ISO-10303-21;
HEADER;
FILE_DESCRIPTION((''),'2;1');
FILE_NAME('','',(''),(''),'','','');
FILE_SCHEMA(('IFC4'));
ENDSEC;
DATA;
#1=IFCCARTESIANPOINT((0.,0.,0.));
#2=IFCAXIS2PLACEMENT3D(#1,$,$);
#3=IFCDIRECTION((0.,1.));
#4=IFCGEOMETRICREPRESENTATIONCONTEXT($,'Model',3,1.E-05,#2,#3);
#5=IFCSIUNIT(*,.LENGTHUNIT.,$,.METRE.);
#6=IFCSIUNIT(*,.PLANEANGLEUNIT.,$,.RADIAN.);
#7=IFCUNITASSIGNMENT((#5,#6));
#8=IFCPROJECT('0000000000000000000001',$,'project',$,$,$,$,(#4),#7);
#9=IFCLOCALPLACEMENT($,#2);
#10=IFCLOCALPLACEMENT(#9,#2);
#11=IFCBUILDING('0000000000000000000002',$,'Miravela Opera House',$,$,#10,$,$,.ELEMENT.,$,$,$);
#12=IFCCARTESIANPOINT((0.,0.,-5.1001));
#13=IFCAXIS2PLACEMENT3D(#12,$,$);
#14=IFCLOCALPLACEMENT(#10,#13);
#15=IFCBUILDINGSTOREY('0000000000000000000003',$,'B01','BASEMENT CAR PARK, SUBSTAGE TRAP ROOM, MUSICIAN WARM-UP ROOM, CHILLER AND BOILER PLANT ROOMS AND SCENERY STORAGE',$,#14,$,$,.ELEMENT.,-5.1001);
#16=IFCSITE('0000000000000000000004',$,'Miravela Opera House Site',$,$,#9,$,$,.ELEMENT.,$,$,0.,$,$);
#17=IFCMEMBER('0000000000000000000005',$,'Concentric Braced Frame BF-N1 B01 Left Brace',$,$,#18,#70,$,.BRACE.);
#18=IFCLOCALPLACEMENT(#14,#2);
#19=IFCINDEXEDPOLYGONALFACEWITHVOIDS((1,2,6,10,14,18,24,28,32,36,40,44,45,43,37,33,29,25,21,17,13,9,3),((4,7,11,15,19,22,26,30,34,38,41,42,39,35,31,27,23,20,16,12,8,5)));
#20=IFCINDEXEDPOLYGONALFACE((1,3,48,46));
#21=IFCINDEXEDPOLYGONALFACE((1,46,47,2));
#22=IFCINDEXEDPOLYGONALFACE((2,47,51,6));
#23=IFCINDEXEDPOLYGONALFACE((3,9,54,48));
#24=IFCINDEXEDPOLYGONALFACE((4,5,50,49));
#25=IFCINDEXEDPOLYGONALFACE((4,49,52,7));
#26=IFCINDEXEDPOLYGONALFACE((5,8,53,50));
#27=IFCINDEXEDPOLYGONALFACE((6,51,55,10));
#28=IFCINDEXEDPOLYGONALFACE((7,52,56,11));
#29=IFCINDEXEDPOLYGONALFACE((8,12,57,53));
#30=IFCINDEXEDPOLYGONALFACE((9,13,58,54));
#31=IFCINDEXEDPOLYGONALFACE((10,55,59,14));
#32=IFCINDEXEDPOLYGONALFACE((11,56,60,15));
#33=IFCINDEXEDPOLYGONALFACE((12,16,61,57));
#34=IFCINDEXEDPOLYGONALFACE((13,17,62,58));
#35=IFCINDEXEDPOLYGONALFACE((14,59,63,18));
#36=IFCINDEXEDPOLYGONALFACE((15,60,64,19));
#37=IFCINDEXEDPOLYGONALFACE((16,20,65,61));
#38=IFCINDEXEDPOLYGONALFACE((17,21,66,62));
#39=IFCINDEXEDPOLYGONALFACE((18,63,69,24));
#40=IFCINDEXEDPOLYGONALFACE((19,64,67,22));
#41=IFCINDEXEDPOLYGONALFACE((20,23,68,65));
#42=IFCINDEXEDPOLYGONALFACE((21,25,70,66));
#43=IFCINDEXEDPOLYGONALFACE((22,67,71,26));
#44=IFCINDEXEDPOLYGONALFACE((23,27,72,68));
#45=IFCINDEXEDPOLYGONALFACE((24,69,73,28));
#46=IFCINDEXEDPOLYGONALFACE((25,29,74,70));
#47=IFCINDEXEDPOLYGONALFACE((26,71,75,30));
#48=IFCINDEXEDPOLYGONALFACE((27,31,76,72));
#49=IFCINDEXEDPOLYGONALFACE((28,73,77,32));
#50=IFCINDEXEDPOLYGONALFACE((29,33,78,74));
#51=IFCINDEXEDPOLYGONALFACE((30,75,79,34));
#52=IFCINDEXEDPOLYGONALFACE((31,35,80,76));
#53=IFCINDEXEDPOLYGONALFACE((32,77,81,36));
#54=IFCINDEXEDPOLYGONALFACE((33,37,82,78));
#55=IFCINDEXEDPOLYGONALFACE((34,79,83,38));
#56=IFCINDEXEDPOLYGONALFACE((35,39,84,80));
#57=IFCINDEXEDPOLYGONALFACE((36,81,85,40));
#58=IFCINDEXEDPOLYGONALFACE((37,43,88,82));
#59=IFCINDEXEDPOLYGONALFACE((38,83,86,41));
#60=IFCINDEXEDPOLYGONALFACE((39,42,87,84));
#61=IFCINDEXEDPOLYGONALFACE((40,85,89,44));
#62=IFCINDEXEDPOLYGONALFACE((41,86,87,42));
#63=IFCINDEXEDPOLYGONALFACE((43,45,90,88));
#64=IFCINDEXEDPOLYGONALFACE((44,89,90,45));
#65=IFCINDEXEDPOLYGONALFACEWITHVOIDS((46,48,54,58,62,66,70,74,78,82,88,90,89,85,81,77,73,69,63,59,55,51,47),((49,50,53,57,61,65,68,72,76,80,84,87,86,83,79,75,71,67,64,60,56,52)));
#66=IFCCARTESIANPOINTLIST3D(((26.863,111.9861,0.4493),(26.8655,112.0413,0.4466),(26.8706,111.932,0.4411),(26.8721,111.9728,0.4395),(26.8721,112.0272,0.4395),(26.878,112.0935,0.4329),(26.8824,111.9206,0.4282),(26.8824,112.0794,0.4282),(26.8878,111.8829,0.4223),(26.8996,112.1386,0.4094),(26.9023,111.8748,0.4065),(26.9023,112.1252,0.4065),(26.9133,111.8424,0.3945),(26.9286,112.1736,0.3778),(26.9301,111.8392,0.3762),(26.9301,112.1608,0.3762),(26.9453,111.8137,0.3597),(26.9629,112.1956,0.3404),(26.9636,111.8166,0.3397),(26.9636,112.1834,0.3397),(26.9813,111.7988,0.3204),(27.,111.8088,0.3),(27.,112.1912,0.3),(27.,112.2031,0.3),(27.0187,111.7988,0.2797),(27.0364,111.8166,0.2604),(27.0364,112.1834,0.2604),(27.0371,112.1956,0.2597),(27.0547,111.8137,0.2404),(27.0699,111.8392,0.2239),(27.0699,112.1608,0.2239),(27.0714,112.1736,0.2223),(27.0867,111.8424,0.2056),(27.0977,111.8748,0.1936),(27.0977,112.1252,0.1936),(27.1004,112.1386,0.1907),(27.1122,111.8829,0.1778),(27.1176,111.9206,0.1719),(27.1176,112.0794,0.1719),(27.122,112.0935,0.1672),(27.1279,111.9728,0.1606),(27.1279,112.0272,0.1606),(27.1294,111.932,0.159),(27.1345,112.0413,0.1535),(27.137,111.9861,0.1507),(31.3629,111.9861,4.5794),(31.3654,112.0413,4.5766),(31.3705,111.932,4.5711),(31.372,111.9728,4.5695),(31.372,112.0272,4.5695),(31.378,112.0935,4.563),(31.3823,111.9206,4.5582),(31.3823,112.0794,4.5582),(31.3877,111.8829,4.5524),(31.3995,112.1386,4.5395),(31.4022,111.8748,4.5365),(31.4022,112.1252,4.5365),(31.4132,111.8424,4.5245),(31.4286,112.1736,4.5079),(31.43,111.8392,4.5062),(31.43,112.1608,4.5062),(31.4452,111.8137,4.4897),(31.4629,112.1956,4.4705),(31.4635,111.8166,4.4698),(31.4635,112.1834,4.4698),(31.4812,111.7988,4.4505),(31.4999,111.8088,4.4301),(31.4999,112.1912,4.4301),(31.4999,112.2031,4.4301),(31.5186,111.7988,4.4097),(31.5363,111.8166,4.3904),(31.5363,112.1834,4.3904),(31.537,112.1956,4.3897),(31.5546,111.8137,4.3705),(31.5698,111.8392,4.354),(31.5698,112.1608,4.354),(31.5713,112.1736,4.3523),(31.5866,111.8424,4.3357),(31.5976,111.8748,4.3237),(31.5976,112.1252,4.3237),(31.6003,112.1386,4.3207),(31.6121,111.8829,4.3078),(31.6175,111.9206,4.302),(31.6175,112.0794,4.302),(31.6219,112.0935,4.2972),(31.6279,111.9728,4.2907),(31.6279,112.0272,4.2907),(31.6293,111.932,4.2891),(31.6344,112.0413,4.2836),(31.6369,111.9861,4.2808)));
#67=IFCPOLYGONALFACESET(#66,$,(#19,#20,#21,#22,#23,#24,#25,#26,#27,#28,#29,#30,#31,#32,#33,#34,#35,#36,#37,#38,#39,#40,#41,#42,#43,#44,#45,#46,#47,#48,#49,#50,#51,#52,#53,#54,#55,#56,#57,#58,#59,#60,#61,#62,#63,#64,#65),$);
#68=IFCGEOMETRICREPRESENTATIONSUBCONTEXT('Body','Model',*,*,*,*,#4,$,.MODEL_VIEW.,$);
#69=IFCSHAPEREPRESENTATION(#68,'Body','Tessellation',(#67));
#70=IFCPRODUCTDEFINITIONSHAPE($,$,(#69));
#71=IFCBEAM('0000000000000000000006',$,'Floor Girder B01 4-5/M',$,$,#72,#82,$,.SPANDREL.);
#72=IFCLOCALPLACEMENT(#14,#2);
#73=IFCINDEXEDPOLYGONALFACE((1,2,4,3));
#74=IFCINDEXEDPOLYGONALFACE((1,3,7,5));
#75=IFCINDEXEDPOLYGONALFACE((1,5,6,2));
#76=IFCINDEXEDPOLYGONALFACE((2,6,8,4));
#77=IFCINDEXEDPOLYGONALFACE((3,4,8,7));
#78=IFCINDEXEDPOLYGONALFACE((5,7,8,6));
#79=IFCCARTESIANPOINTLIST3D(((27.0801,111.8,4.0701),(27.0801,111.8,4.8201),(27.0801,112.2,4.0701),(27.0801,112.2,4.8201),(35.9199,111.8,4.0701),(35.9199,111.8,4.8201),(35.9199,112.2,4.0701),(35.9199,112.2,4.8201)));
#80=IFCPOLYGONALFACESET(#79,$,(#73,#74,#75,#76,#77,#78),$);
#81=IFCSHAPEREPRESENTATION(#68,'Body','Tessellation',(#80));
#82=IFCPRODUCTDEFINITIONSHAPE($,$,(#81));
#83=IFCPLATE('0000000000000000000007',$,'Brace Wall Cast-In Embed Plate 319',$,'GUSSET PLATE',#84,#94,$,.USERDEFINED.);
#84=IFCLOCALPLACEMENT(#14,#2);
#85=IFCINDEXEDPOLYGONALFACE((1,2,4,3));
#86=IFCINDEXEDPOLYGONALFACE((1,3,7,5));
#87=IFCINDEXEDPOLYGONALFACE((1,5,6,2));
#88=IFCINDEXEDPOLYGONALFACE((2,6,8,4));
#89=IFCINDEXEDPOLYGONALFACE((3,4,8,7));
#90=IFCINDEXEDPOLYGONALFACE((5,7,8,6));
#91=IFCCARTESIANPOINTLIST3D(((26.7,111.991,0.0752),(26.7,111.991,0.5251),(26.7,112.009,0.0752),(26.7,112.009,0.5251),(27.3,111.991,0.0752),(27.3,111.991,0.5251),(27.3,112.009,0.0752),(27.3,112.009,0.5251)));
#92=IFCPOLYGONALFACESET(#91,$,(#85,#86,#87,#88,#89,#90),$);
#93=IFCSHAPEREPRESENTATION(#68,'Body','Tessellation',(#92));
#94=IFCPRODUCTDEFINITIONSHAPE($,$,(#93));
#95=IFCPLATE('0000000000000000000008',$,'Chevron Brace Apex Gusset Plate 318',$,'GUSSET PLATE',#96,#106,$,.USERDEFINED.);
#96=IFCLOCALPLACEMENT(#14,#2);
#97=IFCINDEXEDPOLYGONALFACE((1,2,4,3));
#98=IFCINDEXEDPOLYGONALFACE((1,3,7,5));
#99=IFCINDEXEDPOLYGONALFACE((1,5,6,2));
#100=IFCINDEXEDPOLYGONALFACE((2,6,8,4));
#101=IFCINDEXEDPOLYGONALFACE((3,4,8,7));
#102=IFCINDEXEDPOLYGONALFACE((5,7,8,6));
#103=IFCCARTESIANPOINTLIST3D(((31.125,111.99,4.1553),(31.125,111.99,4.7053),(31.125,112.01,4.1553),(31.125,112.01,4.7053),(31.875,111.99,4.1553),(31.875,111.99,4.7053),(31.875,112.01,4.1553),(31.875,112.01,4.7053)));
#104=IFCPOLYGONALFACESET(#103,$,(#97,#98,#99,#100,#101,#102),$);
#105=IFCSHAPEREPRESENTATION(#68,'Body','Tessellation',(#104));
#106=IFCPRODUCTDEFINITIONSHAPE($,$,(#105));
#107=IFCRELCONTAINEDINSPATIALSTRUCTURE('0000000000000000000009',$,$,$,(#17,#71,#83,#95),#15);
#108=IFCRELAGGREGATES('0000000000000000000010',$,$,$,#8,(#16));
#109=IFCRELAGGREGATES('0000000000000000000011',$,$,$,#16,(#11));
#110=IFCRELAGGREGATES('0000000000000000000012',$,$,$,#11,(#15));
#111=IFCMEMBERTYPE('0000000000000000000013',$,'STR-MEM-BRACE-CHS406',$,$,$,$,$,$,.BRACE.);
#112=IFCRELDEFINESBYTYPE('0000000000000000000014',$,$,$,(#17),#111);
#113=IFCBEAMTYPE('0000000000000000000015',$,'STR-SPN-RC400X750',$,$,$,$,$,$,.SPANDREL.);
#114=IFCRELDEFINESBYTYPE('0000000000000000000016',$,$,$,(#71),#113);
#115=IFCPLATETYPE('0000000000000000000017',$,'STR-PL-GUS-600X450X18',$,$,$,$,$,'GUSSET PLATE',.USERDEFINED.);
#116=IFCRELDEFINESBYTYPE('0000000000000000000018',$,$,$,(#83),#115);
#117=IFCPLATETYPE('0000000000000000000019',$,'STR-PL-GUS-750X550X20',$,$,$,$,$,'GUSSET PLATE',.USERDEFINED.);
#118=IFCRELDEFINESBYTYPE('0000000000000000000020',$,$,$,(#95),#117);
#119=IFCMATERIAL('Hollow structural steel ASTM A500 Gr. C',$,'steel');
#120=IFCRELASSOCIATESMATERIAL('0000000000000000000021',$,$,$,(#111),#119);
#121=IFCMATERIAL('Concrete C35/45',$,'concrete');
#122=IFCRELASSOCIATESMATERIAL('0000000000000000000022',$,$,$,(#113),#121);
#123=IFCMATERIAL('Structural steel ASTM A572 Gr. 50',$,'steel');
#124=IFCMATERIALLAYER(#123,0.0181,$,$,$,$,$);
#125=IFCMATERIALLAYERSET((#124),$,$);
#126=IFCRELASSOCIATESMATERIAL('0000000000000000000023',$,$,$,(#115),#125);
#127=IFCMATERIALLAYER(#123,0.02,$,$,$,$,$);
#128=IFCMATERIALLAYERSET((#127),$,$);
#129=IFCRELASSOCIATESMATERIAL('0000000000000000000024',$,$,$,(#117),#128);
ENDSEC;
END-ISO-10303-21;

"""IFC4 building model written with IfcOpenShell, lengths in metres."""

from ifc_helpers import new_model, si_unit, direction, frame, origin, origin_2d, place, context, subcontext, project, spatial, rectangle, hollow_circle, extrude, material, layer, layer_set, material_profile, profile_set, type_object, element, save


model = new_model("IFC4")

# Units and contexts
model_context = context("Model", 3, precision=1e-05, world=origin(), true_north=direction((0.0, 1.0)))
body_context = subcontext(model_context, "Body", "Model", "MODEL_VIEW")
ifc_project = project(units=[si_unit("LENGTHUNIT", "METRE"), si_unit("PLANEANGLEUNIT", "RADIAN")], contexts=[model_context])

# Site, building, storey
site_placement = place(None, origin())
site = spatial("IfcSite", under=ifc_project, at=site_placement, Name="Miravela Opera House Site", CompositionType="ELEMENT", RefElevation=0.0)
building_placement = place(site_placement, origin())
building = spatial("IfcBuilding", under=site, at=building_placement, Name="Miravela Opera House", CompositionType="ELEMENT")
storey_placement = place(building_placement, frame((0.0, 0.0, -5.1001)))
storey = spatial("IfcBuildingStorey", under=building, at=storey_placement, Name="B01", Description="BASEMENT CAR PARK, SUBSTAGE TRAP ROOM, MUSICIAN WARM-UP ROOM, CHILLER AND BOILER PLANT ROOMS AND SCENERY STORAGE", CompositionType="ELEMENT", Elevation=-5.1001)

# Shared definitions
ifc_material_1 = material(Name="Concrete C35/45", Category="concrete")

# Member
ifc_material_2 = material(Name="Hollow structural steel ASTM A500 Gr. C", Category="steel")
ifc_material_profile_1 = material_profile(ifc_material_2, hollow_circle(Radius=0.2031, WallThickness=0.012, at=origin_2d()), Name="CHS406X12")
ifc_profile_set_1 = profile_set([ifc_material_profile_1])
member_type = type_object("IfcMemberType", Name="STR-MEM-BRACE-CHS406", PredefinedType="BRACE", material=ifc_profile_set_1)
member_placement = place(storey_placement, frame((27.0, 112.0, 0.3), z_axis=(0.736736, 0.0, 0.676181), x_axis=(0.0, 1.0, 0.0)))
element("IfcMember", 1, at=member_placement, inside=storey, type_object=member_type, Name="Concentric Braced Frame BF-N1 B01 Left Brace", PredefinedType="BRACE", context=body_context, shape_type="SweptSolid", body=[
    extrude(hollow_circle(Radius=0.2031, WallThickness=0.012, at=origin_2d()), origin(), (0.0, 0.0, 1.0), 6.1079),
])

# Beam
ifc_material_profile_2 = material_profile(ifc_material_1, rectangle(XDim=0.3999, YDim=0.75, at=origin_2d()), Name="RC-SPN-400X750")
ifc_profile_set_2 = profile_set([ifc_material_profile_2])
beam_type_1 = type_object("IfcBeamType", Name="STR-SPN-RC400X750", PredefinedType="SPANDREL", material=ifc_profile_set_2)
beam_1_placement = place(storey_placement, frame((27.0801, 112.0, 4.4451), z_axis=(1.0, 0.0, 0.0), x_axis=(0.0, 1.0, 0.0)))
element("IfcBeam", 2, at=beam_1_placement, inside=storey, type_object=beam_type_1, Name="Floor Girder B01 4-5/M", PredefinedType="SPANDREL", context=body_context, shape_type="SweptSolid", body=[
    extrude(rectangle(XDim=0.3999, YDim=0.75, at=origin_2d()), origin(), (0.0, 0.0, 1.0), 8.8398),
])

# Plates
ifc_material_3 = material(Name="Structural steel ASTM A572 Gr. 50", Category="steel")
ifc_layer_1 = layer(ifc_material_3, 0.0181)
ifc_layer_set_1 = layer_set([ifc_layer_1])
plate_type_1 = type_object("IfcPlateType", Name="STR-PL-GUS-600X450X18", ElementType="GUSSET PLATE", PredefinedType="USERDEFINED", material=ifc_layer_set_1)
plate_1_placement = place(storey_placement, frame((27.0, 112.0, 0.0752), z_axis=(0.0, 0.0, 1.0), x_axis=(1.0, 0.0, 0.0)))
element("IfcPlate", 3, at=plate_1_placement, inside=storey, type_object=plate_type_1, Name="Brace Wall Cast-In Embed Plate 319", ObjectType="GUSSET PLATE", PredefinedType="USERDEFINED", context=body_context, shape_type="SweptSolid", body=[
    extrude(rectangle(XDim=0.6001, YDim=0.0181, at=origin_2d()), origin(), (0.0, 0.0, 1.0), 0.45),
])
ifc_layer_2 = layer(ifc_material_3, 0.02)
ifc_layer_set_2 = layer_set([ifc_layer_2])
plate_type_2 = type_object("IfcPlateType", Name="STR-PL-GUS-750X550X20", ElementType="GUSSET PLATE", PredefinedType="USERDEFINED", material=ifc_layer_set_2)
plate_2_placement = place(storey_placement, frame((31.5, 112.0, 4.1553), z_axis=(0.0, 0.0, 1.0), x_axis=(1.0, 0.0, 0.0)))
element("IfcPlate", 4, at=plate_2_placement, inside=storey, type_object=plate_type_2, Name="Chevron Brace Apex Gusset Plate 318", ObjectType="GUSSET PLATE", PredefinedType="USERDEFINED", context=body_context, shape_type="SweptSolid", body=[
    extrude(rectangle(XDim=0.75, YDim=0.02, at=origin_2d()), origin(), (0.0, 0.0, 1.0), 0.55),
])

save(model, "model.ifc")
